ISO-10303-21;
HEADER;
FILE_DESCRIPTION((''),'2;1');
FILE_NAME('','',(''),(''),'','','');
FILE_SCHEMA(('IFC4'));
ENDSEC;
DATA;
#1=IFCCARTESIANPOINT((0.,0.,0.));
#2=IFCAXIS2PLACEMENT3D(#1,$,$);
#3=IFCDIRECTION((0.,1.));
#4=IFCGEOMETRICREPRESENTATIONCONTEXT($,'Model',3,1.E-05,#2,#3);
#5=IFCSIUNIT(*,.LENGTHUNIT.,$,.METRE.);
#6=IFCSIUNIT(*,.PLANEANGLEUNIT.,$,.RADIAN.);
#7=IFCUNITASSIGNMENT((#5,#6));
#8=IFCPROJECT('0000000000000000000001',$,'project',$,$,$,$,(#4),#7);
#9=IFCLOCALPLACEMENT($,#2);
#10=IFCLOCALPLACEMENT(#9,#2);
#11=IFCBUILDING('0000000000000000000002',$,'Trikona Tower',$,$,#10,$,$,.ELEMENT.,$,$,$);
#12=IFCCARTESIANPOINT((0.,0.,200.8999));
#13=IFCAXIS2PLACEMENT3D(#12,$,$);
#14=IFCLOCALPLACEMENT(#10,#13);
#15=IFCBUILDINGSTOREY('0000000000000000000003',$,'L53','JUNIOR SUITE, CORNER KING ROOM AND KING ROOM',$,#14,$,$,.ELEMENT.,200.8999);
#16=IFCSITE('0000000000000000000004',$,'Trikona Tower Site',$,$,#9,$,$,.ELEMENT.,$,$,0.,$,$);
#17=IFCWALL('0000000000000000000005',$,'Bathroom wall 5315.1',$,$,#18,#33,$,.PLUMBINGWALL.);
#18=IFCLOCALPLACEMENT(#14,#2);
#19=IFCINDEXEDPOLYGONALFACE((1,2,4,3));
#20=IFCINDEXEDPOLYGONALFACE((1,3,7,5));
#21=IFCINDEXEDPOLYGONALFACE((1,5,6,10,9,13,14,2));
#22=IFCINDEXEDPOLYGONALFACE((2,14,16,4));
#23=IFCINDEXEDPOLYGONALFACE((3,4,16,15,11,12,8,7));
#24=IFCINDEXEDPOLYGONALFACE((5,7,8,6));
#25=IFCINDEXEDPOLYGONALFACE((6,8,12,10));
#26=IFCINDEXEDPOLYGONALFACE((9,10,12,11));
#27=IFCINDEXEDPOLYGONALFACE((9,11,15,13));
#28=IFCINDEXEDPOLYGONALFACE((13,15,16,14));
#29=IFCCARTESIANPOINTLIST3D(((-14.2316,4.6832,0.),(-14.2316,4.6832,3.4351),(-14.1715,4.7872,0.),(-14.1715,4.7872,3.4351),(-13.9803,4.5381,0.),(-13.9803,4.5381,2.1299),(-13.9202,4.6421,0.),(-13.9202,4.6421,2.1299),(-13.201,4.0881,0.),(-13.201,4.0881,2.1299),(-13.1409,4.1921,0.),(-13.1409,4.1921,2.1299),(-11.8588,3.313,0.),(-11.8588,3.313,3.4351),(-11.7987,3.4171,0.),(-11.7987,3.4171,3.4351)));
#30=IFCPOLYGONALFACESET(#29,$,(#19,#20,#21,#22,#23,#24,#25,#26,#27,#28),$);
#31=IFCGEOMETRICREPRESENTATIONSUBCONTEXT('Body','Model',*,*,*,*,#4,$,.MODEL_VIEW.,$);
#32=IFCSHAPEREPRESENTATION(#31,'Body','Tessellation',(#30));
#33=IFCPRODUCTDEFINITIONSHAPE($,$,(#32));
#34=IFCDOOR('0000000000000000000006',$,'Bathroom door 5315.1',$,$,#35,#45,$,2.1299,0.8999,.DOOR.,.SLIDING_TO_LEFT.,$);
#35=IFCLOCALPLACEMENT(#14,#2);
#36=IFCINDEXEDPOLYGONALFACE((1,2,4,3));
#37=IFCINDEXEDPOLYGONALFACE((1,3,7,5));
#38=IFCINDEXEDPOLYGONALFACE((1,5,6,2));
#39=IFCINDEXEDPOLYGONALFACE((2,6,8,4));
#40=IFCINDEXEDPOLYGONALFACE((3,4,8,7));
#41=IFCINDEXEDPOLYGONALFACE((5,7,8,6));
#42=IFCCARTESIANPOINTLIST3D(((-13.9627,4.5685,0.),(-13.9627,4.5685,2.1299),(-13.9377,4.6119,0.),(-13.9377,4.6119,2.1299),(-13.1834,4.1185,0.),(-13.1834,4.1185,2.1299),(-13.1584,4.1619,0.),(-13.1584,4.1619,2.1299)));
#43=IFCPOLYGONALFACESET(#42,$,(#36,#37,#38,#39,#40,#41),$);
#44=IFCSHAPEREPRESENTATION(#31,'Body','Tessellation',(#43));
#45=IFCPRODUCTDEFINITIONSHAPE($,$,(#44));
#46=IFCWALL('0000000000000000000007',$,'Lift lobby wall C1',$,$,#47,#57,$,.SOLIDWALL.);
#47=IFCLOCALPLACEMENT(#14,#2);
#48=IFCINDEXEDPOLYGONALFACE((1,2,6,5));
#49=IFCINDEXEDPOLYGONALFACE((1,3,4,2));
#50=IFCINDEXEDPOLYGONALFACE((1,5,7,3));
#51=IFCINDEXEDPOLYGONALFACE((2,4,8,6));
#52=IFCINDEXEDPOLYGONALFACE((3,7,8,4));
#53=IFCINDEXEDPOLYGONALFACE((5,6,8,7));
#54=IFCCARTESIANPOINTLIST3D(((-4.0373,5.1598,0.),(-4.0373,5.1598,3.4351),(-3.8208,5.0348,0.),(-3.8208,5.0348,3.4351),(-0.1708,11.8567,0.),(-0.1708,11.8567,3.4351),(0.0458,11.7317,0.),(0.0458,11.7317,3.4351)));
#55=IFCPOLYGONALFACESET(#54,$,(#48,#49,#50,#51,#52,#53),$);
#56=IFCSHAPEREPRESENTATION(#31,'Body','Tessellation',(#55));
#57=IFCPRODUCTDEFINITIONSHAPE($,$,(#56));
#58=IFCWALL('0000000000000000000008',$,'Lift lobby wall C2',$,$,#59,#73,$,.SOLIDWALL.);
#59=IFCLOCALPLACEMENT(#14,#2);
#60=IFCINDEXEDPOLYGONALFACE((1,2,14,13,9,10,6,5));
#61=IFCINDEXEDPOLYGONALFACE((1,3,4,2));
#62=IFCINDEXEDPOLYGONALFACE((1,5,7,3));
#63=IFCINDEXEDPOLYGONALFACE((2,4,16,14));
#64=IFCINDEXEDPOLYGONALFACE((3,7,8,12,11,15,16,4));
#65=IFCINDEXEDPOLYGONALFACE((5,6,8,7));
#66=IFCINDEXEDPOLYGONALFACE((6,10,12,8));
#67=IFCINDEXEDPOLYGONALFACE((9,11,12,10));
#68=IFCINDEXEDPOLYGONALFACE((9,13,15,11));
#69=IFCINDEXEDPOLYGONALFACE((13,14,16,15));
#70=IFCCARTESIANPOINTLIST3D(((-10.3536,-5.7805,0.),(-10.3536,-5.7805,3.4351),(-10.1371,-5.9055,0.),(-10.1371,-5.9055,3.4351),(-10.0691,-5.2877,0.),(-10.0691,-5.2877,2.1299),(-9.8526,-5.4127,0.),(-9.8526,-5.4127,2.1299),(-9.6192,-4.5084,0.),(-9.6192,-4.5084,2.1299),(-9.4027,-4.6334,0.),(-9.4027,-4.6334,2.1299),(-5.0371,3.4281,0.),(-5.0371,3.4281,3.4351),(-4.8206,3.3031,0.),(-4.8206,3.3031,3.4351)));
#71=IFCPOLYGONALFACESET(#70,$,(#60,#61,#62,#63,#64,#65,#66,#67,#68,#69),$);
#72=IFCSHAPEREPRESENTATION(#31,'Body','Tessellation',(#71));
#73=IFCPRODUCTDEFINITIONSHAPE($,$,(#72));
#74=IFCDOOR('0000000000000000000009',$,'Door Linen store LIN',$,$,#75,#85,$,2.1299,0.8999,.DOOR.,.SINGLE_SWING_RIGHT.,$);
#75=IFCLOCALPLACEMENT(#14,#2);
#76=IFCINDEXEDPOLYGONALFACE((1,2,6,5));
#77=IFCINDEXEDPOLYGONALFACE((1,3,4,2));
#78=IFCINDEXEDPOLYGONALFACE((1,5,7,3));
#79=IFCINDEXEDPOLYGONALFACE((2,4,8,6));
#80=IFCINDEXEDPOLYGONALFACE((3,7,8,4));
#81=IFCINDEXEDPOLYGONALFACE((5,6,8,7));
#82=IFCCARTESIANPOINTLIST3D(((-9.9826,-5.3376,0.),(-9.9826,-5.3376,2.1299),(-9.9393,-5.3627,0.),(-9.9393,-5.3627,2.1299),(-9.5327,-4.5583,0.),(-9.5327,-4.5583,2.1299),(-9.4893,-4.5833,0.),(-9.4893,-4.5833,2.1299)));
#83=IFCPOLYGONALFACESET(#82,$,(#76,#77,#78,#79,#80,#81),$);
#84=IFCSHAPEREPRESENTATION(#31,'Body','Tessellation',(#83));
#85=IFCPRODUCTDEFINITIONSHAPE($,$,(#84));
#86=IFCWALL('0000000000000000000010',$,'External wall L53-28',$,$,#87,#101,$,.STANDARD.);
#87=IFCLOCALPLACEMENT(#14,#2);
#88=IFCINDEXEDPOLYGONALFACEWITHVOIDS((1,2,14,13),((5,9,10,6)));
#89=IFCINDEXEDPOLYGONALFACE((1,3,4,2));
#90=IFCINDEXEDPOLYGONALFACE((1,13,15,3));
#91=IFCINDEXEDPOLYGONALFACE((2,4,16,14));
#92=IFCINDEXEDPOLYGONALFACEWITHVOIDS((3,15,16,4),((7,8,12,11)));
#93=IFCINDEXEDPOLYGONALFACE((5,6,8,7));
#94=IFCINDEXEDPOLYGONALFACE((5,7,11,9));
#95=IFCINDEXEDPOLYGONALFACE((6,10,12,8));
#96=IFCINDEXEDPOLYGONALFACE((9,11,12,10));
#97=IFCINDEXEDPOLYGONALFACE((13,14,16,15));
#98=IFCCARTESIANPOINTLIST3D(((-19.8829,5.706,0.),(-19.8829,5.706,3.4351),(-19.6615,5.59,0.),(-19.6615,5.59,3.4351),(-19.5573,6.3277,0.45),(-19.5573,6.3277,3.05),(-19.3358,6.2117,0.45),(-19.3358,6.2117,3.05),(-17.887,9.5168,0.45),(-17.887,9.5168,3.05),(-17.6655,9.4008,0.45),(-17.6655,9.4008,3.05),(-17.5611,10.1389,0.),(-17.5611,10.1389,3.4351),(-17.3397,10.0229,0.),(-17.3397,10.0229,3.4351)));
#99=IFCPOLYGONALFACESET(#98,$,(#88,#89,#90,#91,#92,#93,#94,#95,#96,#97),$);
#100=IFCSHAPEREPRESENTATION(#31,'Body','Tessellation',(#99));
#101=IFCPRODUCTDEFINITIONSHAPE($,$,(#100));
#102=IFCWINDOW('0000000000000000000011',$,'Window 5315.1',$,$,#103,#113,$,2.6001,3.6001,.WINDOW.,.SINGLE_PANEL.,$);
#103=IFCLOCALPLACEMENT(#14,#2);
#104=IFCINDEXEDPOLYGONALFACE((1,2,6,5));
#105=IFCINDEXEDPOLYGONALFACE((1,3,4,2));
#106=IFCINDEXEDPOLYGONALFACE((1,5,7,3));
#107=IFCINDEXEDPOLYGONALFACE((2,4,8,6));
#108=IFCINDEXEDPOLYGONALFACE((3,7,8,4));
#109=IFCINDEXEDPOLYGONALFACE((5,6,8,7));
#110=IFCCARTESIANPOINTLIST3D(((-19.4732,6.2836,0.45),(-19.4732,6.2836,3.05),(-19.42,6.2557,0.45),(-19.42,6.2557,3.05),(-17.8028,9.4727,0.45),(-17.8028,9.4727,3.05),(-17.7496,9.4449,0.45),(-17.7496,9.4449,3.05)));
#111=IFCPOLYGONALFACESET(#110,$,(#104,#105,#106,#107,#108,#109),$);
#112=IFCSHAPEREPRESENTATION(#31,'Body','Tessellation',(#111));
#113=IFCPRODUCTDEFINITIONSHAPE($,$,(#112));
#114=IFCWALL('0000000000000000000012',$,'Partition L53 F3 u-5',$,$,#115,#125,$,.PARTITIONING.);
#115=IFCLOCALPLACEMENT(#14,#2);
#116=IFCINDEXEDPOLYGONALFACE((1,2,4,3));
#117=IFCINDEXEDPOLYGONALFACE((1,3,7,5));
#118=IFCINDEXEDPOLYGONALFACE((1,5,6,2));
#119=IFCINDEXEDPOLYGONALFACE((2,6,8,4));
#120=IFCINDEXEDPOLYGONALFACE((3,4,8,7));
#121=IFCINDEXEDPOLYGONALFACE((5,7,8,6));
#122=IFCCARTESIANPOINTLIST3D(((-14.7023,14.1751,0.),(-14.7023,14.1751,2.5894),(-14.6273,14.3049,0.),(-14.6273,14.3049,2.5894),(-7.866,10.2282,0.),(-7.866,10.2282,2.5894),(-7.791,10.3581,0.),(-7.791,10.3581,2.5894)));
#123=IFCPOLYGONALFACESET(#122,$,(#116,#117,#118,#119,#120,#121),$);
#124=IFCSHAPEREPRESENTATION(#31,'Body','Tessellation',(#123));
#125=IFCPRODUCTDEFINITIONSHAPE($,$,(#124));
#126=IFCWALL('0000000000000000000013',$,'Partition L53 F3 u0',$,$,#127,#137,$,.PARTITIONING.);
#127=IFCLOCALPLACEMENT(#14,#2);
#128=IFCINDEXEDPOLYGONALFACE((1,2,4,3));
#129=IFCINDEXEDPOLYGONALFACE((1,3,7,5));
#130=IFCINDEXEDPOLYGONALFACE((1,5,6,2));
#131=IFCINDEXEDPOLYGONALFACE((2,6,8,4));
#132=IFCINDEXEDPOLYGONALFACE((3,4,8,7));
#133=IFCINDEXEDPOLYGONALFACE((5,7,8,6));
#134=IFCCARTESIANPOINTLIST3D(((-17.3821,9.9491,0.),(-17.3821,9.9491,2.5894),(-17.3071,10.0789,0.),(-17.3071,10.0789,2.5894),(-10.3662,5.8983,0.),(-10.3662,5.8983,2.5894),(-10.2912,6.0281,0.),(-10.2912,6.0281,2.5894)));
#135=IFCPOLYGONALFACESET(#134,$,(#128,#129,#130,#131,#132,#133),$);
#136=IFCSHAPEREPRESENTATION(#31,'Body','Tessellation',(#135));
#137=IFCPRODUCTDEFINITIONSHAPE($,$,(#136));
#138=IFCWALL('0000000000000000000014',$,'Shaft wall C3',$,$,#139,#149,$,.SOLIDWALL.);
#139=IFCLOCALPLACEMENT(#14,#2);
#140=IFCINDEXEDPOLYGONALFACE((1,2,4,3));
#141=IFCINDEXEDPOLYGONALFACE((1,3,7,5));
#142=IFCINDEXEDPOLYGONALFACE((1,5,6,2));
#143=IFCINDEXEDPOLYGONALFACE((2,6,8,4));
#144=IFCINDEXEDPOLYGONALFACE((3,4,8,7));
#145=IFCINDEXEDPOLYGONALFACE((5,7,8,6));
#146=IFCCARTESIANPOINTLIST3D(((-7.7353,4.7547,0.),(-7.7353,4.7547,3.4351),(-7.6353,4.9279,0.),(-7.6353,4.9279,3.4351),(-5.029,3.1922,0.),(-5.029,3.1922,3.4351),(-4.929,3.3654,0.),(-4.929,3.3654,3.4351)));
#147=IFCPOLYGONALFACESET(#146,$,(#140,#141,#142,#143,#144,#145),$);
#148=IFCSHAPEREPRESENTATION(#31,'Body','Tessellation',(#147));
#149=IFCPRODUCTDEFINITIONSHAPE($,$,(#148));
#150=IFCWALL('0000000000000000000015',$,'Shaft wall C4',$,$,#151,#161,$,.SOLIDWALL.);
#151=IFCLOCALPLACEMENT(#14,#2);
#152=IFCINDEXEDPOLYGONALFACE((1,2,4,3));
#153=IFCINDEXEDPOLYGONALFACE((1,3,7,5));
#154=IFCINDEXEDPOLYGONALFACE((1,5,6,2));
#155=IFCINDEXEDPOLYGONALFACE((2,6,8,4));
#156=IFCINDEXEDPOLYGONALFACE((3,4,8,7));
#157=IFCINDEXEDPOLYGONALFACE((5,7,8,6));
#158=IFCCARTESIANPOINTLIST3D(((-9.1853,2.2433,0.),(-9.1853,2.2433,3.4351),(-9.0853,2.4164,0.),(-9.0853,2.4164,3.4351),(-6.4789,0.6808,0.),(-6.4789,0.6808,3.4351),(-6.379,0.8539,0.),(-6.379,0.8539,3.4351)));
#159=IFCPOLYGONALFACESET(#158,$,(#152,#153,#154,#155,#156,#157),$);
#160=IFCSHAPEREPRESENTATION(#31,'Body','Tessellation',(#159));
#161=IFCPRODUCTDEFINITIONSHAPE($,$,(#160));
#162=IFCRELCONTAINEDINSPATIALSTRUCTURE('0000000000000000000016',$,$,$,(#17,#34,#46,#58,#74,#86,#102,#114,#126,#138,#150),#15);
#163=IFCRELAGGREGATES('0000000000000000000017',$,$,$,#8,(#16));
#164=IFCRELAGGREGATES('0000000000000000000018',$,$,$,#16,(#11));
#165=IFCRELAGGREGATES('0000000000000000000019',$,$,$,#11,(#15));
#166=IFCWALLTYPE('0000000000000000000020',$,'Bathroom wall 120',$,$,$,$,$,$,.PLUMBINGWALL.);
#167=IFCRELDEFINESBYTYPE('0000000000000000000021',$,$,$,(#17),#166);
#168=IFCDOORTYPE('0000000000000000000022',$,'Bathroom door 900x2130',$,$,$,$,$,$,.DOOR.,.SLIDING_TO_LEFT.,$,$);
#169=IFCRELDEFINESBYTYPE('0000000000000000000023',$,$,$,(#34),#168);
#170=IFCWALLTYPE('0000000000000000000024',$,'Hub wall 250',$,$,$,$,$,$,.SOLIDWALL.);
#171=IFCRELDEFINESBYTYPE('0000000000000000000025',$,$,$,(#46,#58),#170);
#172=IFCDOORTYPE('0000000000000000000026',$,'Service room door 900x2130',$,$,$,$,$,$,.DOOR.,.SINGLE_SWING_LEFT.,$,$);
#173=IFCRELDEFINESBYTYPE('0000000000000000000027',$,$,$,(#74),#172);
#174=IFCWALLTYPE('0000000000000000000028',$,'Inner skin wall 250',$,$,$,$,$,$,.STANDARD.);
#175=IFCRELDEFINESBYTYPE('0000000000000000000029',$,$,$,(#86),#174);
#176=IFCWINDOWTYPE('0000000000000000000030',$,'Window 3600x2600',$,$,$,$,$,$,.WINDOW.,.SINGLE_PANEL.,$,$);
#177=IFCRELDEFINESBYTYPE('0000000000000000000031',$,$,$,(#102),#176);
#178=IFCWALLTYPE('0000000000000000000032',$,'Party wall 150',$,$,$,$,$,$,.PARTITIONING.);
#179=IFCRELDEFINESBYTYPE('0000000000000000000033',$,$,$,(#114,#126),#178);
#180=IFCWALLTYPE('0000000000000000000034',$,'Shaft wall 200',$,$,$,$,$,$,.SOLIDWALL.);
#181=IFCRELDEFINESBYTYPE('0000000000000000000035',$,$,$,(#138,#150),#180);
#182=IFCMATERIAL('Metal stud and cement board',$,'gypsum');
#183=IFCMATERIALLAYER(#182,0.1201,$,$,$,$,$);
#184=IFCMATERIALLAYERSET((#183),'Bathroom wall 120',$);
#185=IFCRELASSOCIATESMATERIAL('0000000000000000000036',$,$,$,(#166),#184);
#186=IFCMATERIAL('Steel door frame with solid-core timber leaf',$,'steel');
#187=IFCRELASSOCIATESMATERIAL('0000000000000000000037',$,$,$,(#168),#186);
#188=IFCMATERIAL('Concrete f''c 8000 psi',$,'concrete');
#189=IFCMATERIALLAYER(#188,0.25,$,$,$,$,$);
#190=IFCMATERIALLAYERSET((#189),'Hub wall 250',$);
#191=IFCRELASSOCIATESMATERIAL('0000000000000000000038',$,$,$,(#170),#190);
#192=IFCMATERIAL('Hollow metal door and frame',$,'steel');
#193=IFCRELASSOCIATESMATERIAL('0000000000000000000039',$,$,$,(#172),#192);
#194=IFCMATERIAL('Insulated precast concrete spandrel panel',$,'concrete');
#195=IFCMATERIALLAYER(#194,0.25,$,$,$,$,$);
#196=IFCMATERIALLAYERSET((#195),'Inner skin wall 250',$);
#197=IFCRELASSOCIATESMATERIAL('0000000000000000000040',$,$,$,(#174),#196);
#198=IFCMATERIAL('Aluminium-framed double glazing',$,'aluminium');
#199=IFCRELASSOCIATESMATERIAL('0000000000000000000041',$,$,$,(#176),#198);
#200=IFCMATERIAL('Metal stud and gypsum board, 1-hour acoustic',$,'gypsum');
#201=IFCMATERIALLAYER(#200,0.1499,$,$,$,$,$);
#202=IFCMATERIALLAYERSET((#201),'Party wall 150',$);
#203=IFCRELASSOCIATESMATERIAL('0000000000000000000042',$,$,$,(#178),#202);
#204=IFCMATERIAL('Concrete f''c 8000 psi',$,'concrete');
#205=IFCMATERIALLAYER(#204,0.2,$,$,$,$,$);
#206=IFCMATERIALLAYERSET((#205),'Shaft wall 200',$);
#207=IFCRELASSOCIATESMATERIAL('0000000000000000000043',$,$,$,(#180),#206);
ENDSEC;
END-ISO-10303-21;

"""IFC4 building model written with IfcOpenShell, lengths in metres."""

from ifc_helpers import new_model, si_unit, direction, frame, frame_2d, origin, place, context, subcontext, project, spatial, rectangle, extrude, material, layer, layer_set, type_object, element, fill, save


model = new_model("IFC4")

# Units and contexts
model_context = context("Model", 3, precision=1e-05, world=origin(), true_north=direction((0.0, 1.0)))
body_context = subcontext(model_context, "Body", "Model", "MODEL_VIEW")
ifc_project = project(units=[si_unit("LENGTHUNIT", "METRE"), si_unit("PLANEANGLEUNIT", "RADIAN")], contexts=[model_context])

# Site, building, storey
site_placement = place(None, origin())
site = spatial("IfcSite", under=ifc_project, at=site_placement, Name="Trikona Tower Site", CompositionType="ELEMENT", RefElevation=0.0)
building_placement = place(site_placement, origin())
building = spatial("IfcBuilding", under=site, at=building_placement, Name="Trikona Tower", CompositionType="ELEMENT")
storey_placement = place(building_placement, frame((0.0, 0.0, 200.8999)))
storey = spatial("IfcBuildingStorey", under=building, at=storey_placement, Name="L53", Description="JUNIOR SUITE, CORNER KING ROOM AND KING ROOM", CompositionType="ELEMENT", Elevation=200.8999)

# Shared definitions
ifc_material_1 = material(Name="Metal stud and cement board", Category="gypsum")
ifc_layer_1 = layer(ifc_material_1, 0.1201)
ifc_layer_set_1 = layer_set([ifc_layer_1], Name="Bathroom wall 120")
wall_type_1 = type_object("IfcWallType", Name="Bathroom wall 120", PredefinedType="PLUMBINGWALL", material=ifc_layer_set_1)

# Shared definitions
ifc_material_2 = material(Name="Steel door frame with solid-core timber leaf", Category="steel")
door_type_1 = type_object("IfcDoorType", Name="Bathroom door 900x2130", OperationType="SLIDING_TO_LEFT", PredefinedType="DOOR", material=ifc_material_2)

# Wall, opening, door
wall_1_placement = place(storey_placement, frame((-11.8286, 3.365, 0.0), z_axis=(0.0, 0.0, 1.0), x_axis=(-0.865997, 0.500049, 0.0)))
wall_1 = element("IfcWall", 1, at=wall_1_placement, inside=storey, type_object=wall_type_1, Name="Bathroom wall 5315.1", PredefinedType="PLUMBINGWALL", context=body_context, shape_type="SweptSolid", body=[
    extrude(rectangle(XDim=2.74, YDim=0.1201, at=frame_2d((1.3701, 0.0))), origin(), (0.0, 0.0, 1.0), 3.4351),
])
opening_1_placement = place(wall_1_placement, frame((1.55, 0.0, 0.0)))
opening_1 = element("IfcOpeningElement", 2, at=opening_1_placement, cuts=wall_1, PredefinedType="OPENING", context=body_context, shape_type="SweptSolid", body=[
    extrude(rectangle(XDim=0.8999, YDim=2.1299, at=frame_2d((0.45, 1.0649))), frame((0.0, 0.0701, 0.0), z_axis=(0.0, -1.0, 0.0), x_axis=(1.0, 0.0, 0.0)), (0.0, 0.0, 1.0), 0.1401),
])
door_1_placement = place(opening_1_placement, origin())
door_1 = element("IfcDoor", 3, at=door_1_placement, inside=storey, type_object=door_type_1, Name="Bathroom door 5315.1", OperationType="SLIDING_TO_LEFT", OverallHeight=2.1299, OverallWidth=0.8999, PredefinedType="DOOR", context=body_context, shape_type="SweptSolid", body=[
    extrude(rectangle(XDim=0.8999, YDim=2.1299, at=frame_2d((0.45, 1.0649))), frame((0.0, 0.0249, 0.0), z_axis=(0.0, -1.0, 0.0), x_axis=(1.0, 0.0, 0.0)), (0.0, 0.0, 1.0), 0.05),
])
fill(opening_1, door_1)

# Wall
ifc_material_3 = material(Name="Concrete f'c 8000 psi", Category="concrete")
ifc_layer_2 = layer(ifc_material_3, 0.25)
ifc_layer_set_2 = layer_set([ifc_layer_2], Name="Hub wall 250")
wall_type_2 = type_object("IfcWallType", Name="Hub wall 250", PredefinedType="SOLIDWALL", material=ifc_layer_set_2)
wall_2_placement = place(storey_placement, frame((-0.0625, 11.7942, 0.0), z_axis=(0.0, 0.0, 1.0), x_axis=(-0.500007, -0.866022, 0.0)))
element("IfcWall", 4, at=wall_2_placement, inside=storey, type_object=wall_type_2, Name="Lift lobby wall C1", PredefinedType="SOLIDWALL", context=body_context, shape_type="SweptSolid", body=[
    extrude(rectangle(XDim=7.7329, YDim=0.25, at=frame_2d((3.8665, 0.0))), origin(), (0.0, 0.0, 1.0), 3.4351),
])

# Wall, opening, door
wall_3_placement = place(storey_placement, frame((-4.929, 3.3655, 0.0), z_axis=(0.0, 0.0, 1.0), x_axis=(-0.499991, -0.86603, 0.0)))
wall_3 = element("IfcWall", 5, at=wall_3_placement, inside=storey, type_object=wall_type_2, Name="Lift lobby wall C2", PredefinedType="SOLIDWALL", context=body_context, shape_type="SweptSolid", body=[
    extrude(rectangle(XDim=10.6331, YDim=0.25, at=frame_2d((5.3164, 0.0))), origin(), (0.0, 0.0, 1.0), 3.4351),
])
opening_2_placement = place(wall_3_placement, frame((9.1641, 0.0, 0.0)))
opening_2 = element("IfcOpeningElement", 6, at=opening_2_placement, cuts=wall_3, PredefinedType="OPENING", context=body_context, shape_type="SweptSolid", body=[
    extrude(rectangle(XDim=0.8999, YDim=2.1299, at=frame_2d((0.45, 1.0649))), frame((0.0, 0.135, 0.0), z_axis=(0.0, -1.0, 0.0), x_axis=(1.0, 0.0, 0.0)), (0.0, 0.0, 1.0), 0.27),
])
ifc_material_4 = material(Name="Hollow metal door and frame", Category="steel")
door_type_2 = type_object("IfcDoorType", Name="Service room door 900x2130", OperationType="SINGLE_SWING_LEFT", PredefinedType="DOOR", material=ifc_material_4)
door_2_placement = place(opening_2_placement, origin())
door_2 = element("IfcDoor", 7, at=door_2_placement, inside=storey, type_object=door_type_2, Name="Door Linen store LIN", OperationType="SINGLE_SWING_RIGHT", OverallHeight=2.1299, OverallWidth=0.8999, PredefinedType="DOOR", context=body_context, shape_type="SweptSolid", body=[
    extrude(rectangle(XDim=0.8999, YDim=2.1299, at=frame_2d((0.45, 1.0649))), frame((0.0, 0.0249, 0.0), z_axis=(0.0, -1.0, 0.0), x_axis=(1.0, 0.0, 0.0)), (0.0, 0.0, 1.0), 0.05),
])
fill(opening_2, door_2)

# Wall, opening, window
ifc_material_5 = material(Name="Insulated precast concrete spandrel panel", Category="concrete")
ifc_layer_3 = layer(ifc_material_5, 0.25)
ifc_layer_set_3 = layer_set([ifc_layer_3], Name="Inner skin wall 250")
wall_type_3 = type_object("IfcWallType", Name="Inner skin wall 250", PredefinedType="STANDARD", material=ifc_layer_set_3)
wall_4_placement = place(storey_placement, frame((-17.4504, 10.0808, 0.0), z_axis=(0.0, 0.0, 1.0), x_axis=(-0.463976, -0.885848, 0.0)))
wall_4 = element("IfcWall", 8, at=wall_4_placement, inside=storey, type_object=wall_type_3, Name="External wall L53-28", PredefinedType="STANDARD", context=body_context, shape_type="SweptSolid", body=[
    extrude(rectangle(XDim=5.0042, YDim=0.25, at=frame_2d((2.502, 0.0))), origin(), (0.0, 0.0, 1.0), 3.4351),
])
opening_3_placement = place(wall_4_placement, frame((0.7021, 0.0, 0.45)))
opening_3 = element("IfcOpeningElement", 9, at=opening_3_placement, cuts=wall_4, PredefinedType="OPENING", context=body_context, shape_type="SweptSolid", body=[
    extrude(rectangle(XDim=3.6001, YDim=2.6001, at=frame_2d((1.8, 1.3))), frame((0.0, 0.135, 0.0), z_axis=(0.0, -1.0, 0.0), x_axis=(1.0, 0.0, 0.0)), (0.0, 0.0, 1.0), 0.27),
])
ifc_material_6 = material(Name="Aluminium-framed double glazing", Category="aluminium")
window_type = type_object("IfcWindowType", Name="Window 3600x2600", PartitioningType="SINGLE_PANEL", PredefinedType="WINDOW", material=ifc_material_6)
window_placement = place(opening_3_placement, origin())
window = element("IfcWindow", 10, at=window_placement, inside=storey, type_object=window_type, Name="Window 5315.1", OverallHeight=2.6001, OverallWidth=3.6001, PartitioningType="SINGLE_PANEL", PredefinedType="WINDOW", context=body_context, shape_type="SweptSolid", body=[
    extrude(rectangle(XDim=3.6001, YDim=2.6001, at=frame_2d((1.8, 1.3))), frame((0.0, 0.03, 0.0), z_axis=(0.0, -1.0, 0.0), x_axis=(1.0, 0.0, 0.0)), (0.0, 0.0, 1.0), 0.0601),
])
fill(opening_3, window)

# Walls
ifc_material_7 = material(Name="Metal stud and gypsum board, 1-hour acoustic", Category="gypsum")
ifc_layer_4 = layer(ifc_material_7, 0.1499)
ifc_layer_set_4 = layer_set([ifc_layer_4], Name="Party wall 150")
wall_type_4 = type_object("IfcWallType", Name="Party wall 150", PredefinedType="PARTITIONING", material=ifc_layer_set_4)
wall_5_placement = place(storey_placement, frame((-7.8286, 10.2932, 0.0), z_axis=(0.0, 0.0, 1.0), x_axis=(-0.866031, 0.499991, 0.0)))
element("IfcWall", 11, at=wall_5_placement, inside=storey, type_object=wall_type_4, Name="Partition L53 F3 u-5", PredefinedType="PARTITIONING", context=body_context, shape_type="SweptSolid", body=[
    extrude(rectangle(XDim=7.8938, YDim=0.1499, at=frame_2d((3.9468, 0.0))), origin(), (0.0, 0.0, 1.0), 2.5894),
])
wall_6_placement = place(storey_placement, frame((-10.3286, 5.9631, 0.0), z_axis=(0.0, 0.0, 1.0), x_axis=(-0.866016, 0.500015, 0.0)))
element("IfcWall", 12, at=wall_6_placement, inside=storey, type_object=wall_type_4, Name="Partition L53 F3 u0", PredefinedType="PARTITIONING", context=body_context, shape_type="SweptSolid", body=[
    extrude(rectangle(XDim=8.1013, YDim=0.1499, at=frame_2d((4.0508, 0.0))), origin(), (0.0, 0.0, 1.0), 2.5894),
])
ifc_material_8 = material(Name="Concrete f'c 8000 psi", Category="concrete")
ifc_layer_5 = layer(ifc_material_8, 0.2)
ifc_layer_set_5 = layer_set([ifc_layer_5], Name="Shaft wall 200")
wall_type_5 = type_object("IfcWallType", Name="Shaft wall 200", PredefinedType="SOLIDWALL", material=ifc_layer_set_5)
for number, where, z_axis, x_axis, name in (
    (13, (-4.979, 3.2788, 0.0), (0.0, 0.0, 1.0), (-0.866023, 0.500004, 0.0), "Shaft wall C3"),
    (14, (-6.429, 0.7673, 0.0), (0.0, 0.0, 1.0), (-0.866023, 0.500004, 0.0), "Shaft wall C4"),
):
    element("IfcWall", number, at=place(storey_placement, frame(where, z_axis=z_axis, x_axis=x_axis)), inside=storey, type_object=wall_type_5, Name=name, PredefinedType="SOLIDWALL", context=body_context, shape_type="SweptSolid", body=[
        extrude(rectangle(XDim=3.125, YDim=0.2, at=frame_2d((1.5625, 0.0))), origin(), (0.0, 0.0, 1.0), 3.4351),
    ])

save(model, "model.ifc")
